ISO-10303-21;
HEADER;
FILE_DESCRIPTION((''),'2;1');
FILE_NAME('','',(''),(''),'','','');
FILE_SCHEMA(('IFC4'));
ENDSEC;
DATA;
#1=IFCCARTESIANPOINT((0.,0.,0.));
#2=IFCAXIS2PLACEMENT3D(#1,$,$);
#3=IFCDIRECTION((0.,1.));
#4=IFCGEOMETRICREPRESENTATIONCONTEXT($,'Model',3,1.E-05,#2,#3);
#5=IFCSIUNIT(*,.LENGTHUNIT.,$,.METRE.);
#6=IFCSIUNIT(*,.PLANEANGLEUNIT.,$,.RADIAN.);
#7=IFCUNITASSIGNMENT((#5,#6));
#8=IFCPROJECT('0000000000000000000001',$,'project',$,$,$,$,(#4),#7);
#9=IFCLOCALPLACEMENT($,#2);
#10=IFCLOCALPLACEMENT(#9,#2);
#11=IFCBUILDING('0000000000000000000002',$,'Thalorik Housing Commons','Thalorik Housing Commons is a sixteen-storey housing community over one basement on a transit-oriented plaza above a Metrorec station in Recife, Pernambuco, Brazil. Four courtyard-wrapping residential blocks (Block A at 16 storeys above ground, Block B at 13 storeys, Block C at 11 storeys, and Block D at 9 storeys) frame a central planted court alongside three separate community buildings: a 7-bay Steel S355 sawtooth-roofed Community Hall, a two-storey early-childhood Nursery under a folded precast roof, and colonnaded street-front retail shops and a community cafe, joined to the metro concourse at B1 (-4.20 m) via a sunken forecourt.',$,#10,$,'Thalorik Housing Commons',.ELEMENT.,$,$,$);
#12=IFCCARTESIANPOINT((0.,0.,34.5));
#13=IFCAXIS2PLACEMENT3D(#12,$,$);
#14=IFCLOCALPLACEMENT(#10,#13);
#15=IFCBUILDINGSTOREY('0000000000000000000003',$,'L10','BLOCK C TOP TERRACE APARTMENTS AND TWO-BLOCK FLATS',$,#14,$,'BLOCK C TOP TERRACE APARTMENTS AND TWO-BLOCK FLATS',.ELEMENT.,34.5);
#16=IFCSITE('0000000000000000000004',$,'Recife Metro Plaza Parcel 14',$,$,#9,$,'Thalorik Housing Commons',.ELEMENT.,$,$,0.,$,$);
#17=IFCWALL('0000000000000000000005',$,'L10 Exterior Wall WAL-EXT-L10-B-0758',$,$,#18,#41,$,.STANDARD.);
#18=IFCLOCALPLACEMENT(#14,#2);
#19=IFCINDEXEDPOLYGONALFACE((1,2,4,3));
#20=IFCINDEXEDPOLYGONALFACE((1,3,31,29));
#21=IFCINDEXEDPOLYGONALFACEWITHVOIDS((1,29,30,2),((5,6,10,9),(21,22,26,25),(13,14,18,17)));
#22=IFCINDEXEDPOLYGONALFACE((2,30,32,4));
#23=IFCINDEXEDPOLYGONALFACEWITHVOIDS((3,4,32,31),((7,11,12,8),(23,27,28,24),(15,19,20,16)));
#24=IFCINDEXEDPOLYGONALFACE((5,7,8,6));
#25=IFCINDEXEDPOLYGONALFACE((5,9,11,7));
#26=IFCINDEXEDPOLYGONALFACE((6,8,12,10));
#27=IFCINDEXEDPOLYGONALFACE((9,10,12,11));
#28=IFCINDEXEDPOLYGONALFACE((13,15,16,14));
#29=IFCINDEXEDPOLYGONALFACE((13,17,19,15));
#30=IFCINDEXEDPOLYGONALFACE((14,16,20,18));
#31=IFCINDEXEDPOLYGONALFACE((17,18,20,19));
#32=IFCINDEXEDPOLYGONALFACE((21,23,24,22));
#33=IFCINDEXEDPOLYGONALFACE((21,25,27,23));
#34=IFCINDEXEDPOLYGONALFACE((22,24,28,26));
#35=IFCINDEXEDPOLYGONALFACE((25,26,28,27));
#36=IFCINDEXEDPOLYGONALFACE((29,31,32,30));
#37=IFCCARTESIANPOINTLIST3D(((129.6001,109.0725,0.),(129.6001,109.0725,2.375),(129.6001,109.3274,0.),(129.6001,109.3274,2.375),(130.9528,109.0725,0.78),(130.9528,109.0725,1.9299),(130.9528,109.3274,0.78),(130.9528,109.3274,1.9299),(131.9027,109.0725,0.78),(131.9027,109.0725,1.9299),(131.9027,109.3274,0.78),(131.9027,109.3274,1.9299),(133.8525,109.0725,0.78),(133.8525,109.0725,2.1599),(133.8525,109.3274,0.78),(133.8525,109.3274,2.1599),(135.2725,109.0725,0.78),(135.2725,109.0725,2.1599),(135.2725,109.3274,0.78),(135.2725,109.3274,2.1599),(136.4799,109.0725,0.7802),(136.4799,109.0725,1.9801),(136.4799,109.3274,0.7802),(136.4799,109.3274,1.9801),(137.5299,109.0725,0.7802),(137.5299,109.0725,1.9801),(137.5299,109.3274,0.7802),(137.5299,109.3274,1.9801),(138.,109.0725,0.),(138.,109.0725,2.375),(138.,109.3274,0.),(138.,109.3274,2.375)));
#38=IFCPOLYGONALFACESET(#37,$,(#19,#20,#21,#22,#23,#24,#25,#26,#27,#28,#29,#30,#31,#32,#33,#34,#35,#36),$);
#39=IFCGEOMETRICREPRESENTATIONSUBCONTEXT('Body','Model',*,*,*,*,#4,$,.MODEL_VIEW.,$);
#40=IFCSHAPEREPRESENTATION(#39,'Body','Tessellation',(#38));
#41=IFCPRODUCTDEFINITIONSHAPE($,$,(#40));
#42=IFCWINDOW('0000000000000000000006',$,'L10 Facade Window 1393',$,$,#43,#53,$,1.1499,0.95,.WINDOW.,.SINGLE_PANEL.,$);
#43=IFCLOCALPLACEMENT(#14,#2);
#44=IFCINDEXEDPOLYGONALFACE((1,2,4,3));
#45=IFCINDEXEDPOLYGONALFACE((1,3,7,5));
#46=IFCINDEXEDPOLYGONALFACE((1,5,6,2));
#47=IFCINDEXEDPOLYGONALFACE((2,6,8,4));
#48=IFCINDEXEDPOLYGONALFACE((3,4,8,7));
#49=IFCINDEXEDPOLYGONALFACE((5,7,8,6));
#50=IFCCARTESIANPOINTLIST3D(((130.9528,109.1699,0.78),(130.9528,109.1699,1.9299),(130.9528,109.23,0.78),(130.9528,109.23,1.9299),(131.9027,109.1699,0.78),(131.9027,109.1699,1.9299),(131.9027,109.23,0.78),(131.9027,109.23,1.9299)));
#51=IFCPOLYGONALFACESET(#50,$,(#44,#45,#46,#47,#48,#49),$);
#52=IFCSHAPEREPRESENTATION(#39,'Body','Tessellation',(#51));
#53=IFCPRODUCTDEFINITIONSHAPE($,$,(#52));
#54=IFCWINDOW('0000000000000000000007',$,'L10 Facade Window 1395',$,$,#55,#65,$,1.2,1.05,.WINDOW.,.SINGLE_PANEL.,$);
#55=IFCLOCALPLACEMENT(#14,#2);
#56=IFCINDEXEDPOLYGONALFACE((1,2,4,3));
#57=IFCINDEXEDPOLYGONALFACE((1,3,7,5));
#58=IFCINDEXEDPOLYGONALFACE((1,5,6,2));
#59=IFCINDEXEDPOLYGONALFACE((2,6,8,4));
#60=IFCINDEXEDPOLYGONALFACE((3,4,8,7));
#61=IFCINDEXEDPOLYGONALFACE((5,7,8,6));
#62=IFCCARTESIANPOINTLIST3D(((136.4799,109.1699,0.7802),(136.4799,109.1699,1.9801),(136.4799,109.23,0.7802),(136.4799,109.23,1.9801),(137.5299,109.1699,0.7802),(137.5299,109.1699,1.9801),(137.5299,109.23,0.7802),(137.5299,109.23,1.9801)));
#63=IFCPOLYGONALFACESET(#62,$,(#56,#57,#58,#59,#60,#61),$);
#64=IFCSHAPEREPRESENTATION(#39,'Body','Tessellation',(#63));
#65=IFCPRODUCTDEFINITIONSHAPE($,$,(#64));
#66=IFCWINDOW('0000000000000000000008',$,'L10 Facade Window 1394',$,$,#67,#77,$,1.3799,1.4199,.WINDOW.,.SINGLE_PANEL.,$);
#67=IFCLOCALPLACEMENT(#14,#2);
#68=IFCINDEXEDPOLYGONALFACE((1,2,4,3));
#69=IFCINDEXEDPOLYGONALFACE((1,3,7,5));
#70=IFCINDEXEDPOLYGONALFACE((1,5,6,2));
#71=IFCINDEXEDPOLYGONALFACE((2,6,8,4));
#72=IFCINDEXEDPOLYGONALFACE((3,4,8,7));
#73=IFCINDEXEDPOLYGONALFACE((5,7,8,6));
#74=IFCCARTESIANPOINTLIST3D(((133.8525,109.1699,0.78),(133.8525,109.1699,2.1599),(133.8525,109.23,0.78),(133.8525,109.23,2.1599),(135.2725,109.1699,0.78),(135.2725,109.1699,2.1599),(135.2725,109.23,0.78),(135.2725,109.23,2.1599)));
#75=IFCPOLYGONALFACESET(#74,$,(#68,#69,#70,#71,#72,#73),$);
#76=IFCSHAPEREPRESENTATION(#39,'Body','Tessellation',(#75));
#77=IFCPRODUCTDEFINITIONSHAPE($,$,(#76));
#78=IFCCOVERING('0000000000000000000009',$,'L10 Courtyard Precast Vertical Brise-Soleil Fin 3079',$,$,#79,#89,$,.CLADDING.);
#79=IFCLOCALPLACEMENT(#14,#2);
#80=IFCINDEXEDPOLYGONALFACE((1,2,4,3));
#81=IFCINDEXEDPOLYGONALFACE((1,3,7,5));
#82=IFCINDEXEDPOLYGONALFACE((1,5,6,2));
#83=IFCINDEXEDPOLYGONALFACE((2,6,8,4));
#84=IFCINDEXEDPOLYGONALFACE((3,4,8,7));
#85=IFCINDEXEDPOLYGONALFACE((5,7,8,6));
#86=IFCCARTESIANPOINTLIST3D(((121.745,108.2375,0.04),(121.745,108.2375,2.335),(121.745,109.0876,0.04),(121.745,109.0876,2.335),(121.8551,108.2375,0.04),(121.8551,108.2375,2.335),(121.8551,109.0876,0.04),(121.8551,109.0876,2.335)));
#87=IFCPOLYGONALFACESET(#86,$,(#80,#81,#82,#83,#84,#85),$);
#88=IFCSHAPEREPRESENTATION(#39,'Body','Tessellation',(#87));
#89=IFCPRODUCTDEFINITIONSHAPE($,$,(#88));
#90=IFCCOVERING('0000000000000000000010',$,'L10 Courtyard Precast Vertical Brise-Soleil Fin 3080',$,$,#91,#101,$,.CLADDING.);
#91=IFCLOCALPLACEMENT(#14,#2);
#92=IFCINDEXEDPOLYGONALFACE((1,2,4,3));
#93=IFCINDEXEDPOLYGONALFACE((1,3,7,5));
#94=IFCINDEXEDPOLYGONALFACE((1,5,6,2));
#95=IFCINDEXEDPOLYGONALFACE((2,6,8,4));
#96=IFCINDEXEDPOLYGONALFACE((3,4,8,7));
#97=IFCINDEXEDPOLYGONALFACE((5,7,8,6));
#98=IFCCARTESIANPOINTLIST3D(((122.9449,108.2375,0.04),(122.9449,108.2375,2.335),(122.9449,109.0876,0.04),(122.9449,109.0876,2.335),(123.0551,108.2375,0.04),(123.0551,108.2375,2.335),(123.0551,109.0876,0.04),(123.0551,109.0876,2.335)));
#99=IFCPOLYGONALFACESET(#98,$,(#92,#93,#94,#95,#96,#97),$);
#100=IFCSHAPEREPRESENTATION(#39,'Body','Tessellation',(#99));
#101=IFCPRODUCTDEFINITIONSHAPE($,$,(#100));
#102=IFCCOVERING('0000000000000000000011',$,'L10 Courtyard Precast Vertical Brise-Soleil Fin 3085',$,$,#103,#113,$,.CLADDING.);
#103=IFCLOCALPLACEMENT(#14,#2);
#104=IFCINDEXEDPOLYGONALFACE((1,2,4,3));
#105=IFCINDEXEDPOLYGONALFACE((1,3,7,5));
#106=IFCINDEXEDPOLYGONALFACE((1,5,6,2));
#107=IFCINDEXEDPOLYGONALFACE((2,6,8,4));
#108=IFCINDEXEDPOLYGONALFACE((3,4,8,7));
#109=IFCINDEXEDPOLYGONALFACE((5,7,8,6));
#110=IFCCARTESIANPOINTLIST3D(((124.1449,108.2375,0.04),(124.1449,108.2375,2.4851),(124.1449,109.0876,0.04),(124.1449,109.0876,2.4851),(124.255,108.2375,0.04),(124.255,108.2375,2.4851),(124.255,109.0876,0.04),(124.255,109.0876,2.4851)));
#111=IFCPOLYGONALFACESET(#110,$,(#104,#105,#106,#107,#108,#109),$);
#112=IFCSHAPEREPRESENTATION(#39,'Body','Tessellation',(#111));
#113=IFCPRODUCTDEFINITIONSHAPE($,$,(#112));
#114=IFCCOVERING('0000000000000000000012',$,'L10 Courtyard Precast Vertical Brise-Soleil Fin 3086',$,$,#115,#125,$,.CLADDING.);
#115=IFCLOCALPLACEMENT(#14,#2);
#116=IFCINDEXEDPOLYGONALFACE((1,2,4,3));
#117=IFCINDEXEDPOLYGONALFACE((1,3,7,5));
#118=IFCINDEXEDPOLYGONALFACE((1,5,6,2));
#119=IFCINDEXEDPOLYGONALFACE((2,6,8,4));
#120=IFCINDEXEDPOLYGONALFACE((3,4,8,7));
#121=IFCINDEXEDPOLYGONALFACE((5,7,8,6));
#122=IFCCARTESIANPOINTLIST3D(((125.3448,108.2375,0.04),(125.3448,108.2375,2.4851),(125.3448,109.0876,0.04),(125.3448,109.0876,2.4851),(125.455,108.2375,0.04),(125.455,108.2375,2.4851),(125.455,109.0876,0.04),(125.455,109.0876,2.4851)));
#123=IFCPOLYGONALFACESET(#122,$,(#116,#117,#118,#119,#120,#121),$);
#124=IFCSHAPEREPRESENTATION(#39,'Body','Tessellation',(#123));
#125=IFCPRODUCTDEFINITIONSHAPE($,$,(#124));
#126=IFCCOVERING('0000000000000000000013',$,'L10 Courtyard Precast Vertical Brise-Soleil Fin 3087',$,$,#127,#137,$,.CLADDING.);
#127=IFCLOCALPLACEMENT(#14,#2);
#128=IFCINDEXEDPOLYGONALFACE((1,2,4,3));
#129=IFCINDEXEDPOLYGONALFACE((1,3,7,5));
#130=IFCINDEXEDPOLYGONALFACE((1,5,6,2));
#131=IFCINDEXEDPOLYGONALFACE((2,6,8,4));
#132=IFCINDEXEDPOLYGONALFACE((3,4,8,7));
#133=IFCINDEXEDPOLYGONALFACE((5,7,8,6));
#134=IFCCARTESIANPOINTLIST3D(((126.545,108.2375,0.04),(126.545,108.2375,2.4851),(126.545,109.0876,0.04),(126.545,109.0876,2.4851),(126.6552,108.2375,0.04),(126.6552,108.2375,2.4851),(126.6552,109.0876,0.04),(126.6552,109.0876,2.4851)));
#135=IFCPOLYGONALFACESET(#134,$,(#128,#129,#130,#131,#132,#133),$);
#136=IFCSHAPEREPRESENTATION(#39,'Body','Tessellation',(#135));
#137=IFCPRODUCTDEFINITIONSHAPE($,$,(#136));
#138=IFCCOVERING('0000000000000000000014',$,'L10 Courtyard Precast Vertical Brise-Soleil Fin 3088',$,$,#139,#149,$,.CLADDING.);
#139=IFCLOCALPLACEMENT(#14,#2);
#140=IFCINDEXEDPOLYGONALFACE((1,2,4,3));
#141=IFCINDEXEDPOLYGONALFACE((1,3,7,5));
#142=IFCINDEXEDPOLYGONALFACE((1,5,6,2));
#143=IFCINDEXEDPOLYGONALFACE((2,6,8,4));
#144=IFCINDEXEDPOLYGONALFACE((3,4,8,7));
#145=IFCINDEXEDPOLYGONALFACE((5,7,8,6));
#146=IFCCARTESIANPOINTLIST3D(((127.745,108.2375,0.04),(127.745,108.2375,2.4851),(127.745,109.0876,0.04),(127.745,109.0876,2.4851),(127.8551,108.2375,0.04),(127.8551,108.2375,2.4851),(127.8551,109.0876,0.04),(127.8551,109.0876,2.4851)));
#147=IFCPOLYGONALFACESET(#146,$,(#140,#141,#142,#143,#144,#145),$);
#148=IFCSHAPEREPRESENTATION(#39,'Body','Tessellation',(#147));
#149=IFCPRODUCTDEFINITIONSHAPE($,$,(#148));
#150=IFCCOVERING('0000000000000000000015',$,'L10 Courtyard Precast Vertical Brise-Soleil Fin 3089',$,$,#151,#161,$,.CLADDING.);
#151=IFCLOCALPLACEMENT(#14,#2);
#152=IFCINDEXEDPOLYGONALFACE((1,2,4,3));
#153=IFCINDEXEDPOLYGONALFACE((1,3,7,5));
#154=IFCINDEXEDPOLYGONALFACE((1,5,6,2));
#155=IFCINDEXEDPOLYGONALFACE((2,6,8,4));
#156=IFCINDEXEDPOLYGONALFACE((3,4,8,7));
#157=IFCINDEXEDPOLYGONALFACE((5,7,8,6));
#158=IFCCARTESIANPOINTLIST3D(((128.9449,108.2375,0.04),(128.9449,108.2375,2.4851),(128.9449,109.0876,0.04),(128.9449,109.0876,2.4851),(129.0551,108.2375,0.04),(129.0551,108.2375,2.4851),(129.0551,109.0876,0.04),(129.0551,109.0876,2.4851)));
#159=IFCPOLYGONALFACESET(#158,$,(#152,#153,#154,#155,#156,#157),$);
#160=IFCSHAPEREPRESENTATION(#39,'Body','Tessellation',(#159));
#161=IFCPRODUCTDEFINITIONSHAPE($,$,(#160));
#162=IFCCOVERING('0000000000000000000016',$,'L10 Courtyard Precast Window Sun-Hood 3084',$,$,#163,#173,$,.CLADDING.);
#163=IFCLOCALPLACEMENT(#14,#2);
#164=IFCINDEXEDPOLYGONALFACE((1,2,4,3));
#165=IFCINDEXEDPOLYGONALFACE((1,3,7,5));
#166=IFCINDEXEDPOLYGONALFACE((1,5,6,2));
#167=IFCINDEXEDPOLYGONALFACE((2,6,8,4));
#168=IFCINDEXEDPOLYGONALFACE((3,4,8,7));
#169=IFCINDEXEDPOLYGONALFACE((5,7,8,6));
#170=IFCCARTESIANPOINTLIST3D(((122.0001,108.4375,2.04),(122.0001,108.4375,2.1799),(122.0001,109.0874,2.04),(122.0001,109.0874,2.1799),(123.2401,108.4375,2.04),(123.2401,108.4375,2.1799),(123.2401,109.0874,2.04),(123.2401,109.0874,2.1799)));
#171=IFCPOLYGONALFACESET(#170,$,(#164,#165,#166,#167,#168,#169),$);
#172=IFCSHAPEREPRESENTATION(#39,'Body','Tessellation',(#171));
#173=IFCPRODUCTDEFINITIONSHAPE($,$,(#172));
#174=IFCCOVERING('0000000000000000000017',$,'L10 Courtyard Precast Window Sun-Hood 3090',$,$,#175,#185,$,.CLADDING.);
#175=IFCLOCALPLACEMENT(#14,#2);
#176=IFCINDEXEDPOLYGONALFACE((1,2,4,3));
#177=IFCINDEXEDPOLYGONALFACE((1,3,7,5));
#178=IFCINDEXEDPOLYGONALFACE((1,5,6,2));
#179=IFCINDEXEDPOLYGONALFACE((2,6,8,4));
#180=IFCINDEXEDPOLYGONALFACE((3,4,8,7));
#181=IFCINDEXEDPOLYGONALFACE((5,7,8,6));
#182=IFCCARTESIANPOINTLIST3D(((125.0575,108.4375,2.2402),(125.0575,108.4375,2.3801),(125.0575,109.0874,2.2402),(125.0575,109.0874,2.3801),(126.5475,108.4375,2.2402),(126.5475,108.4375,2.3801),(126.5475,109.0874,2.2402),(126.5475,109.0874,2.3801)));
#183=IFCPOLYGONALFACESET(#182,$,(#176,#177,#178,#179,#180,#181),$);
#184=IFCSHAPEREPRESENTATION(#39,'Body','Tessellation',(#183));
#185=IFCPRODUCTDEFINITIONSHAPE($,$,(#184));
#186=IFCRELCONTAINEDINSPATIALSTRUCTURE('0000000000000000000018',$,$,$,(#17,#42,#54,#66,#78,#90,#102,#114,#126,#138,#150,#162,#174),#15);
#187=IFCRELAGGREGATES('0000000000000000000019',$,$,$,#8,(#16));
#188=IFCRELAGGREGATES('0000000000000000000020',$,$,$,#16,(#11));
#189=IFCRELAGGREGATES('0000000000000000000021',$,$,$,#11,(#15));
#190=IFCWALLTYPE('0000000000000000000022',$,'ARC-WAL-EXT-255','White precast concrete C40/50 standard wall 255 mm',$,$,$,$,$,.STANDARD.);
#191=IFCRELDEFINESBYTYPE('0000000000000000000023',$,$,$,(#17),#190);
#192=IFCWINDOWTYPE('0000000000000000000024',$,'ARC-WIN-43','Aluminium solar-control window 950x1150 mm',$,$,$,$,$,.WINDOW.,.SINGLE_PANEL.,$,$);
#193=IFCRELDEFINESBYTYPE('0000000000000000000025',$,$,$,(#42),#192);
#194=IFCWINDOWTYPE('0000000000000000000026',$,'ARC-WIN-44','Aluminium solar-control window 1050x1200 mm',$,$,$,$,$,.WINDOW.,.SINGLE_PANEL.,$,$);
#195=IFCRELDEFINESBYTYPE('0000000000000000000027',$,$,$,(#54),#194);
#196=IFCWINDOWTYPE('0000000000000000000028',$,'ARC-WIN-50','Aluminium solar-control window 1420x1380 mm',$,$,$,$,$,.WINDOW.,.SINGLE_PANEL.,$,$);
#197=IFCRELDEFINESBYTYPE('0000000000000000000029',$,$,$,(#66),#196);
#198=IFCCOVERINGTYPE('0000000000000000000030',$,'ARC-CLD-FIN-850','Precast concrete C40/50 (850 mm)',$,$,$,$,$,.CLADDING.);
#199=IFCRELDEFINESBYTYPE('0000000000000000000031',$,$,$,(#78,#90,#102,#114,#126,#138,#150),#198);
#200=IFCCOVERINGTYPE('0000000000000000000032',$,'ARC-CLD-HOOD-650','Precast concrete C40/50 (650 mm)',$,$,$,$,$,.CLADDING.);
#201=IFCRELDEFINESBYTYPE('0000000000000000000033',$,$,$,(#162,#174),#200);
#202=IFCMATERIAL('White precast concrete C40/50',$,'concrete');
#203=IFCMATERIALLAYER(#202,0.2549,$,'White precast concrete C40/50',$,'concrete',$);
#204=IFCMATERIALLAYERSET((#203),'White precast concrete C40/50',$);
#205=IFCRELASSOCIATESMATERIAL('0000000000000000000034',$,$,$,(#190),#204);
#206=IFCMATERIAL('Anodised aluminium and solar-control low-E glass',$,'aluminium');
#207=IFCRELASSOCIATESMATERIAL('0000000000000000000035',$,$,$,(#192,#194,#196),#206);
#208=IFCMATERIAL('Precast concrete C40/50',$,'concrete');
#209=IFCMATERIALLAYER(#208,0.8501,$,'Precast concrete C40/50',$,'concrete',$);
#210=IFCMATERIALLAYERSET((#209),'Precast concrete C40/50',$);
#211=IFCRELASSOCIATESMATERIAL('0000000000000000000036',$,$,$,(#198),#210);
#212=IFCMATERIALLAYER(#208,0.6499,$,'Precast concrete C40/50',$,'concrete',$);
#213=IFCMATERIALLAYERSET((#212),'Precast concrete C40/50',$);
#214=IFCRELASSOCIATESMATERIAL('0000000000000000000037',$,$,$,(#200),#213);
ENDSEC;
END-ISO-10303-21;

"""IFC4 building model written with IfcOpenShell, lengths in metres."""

from ifc_helpers import new_model, si_unit, direction, frame, frame_2d, origin, origin_2d, place, context, subcontext, project, spatial, rectangle, extrude, material, layer, layer_set, type_object, element, fill, save


model = new_model("IFC4")

# Units and contexts
model_context = context("Model", 3, precision=1e-05, world=origin(), true_north=direction((0.0, 1.0)))
body_context = subcontext(model_context, "Body", "Model", "MODEL_VIEW")
ifc_project = project(units=[si_unit("LENGTHUNIT", "METRE"), si_unit("PLANEANGLEUNIT", "RADIAN")], contexts=[model_context])

# Site, building, storey
site_placement = place(None, origin())
site = spatial("IfcSite", under=ifc_project, at=site_placement, Name="Recife Metro Plaza Parcel 14", LongName="Thalorik Housing Commons", CompositionType="ELEMENT", RefElevation=0.0)
building_placement = place(site_placement, origin())
building = spatial("IfcBuilding", under=site, at=building_placement, Name="Thalorik Housing Commons", Description="Thalorik Housing Commons is a sixteen-storey housing community over one basement on a transit-oriented plaza above a Metrorec station in Recife, Pernambuco, Brazil. Four courtyard-wrapping residential blocks (Block A at 16 storeys above ground, Block B at 13 storeys, Block C at 11 storeys, and Block D at 9 storeys) frame a central planted court alongside three separate community buildings: a 7-bay Steel S355 sawtooth-roofed Community Hall, a two-storey early-childhood Nursery under a folded precast roof, and colonnaded street-front retail shops and a community cafe, joined to the metro concourse at B1 (-4.20 m) via a sunken forecourt.", LongName="Thalorik Housing Commons", CompositionType="ELEMENT")
storey_placement = place(building_placement, frame((0.0, 0.0, 34.5)))
storey = spatial("IfcBuildingStorey", under=building, at=storey_placement, Name="L10", Description="BLOCK C TOP TERRACE APARTMENTS AND TWO-BLOCK FLATS", LongName="BLOCK C TOP TERRACE APARTMENTS AND TWO-BLOCK FLATS", CompositionType="ELEMENT", Elevation=34.5)

# Shared definitions
ifc_material_1 = material(Name="Precast concrete C40/50", Category="concrete")

# Wall, openings, windows
ifc_material_2 = material(Name="White precast concrete C40/50", Category="concrete")
ifc_layer_1 = layer(ifc_material_2, 0.2549, Name="White precast concrete C40/50", Category="concrete")
ifc_layer_set_1 = layer_set([ifc_layer_1], Name="White precast concrete C40/50")
wall_type = type_object("IfcWallType", Name="ARC-WAL-EXT-255", Description="White precast concrete C40/50 standard wall 255 mm", PredefinedType="STANDARD", material=ifc_layer_set_1)
ifc_material_3 = material(Name="Anodised aluminium and solar-control low-E glass", Category="aluminium")
wall_1_placement = place(storey_placement, frame((129.6001, 109.2, 0.0), z_axis=(0.0, 0.0, 1.0), x_axis=(1.0, 0.0, 0.0)))
wall_1 = element("IfcWall", 1, at=wall_1_placement, inside=storey, type_object=wall_type, Name="L10 Exterior Wall WAL-EXT-L10-B-0758", PredefinedType="STANDARD", context=body_context, shape_type="SweptSolid", body=[
    extrude(rectangle(XDim=8.3999, YDim=0.2549, at=frame_2d((4.2, 0.0))), origin(), (0.0, 0.0, 1.0), 2.375),
])
opening_1_placement = place(wall_1_placement, frame((1.3525, 0.0, 0.78)))
opening_1 = element("IfcOpeningElement", 2, at=opening_1_placement, cuts=wall_1, PredefinedType="OPENING", context=body_context, shape_type="SweptSolid", body=[
    extrude(rectangle(XDim=0.95, YDim=1.1499, at=frame_2d((0.4751, 0.575))), frame((0.0, 0.1375, 0.0), z_axis=(0.0, -1.0, 0.0), x_axis=(1.0, 0.0, 0.0)), (0.0, 0.0, 1.0), 0.2749),
])
opening_2_placement = place(wall_1_placement, frame((4.2524, 0.0, 0.78)))
opening_2 = element("IfcOpeningElement", 3, at=opening_2_placement, cuts=wall_1, PredefinedType="OPENING", context=body_context, shape_type="SweptSolid", body=[
    extrude(rectangle(XDim=1.4199, YDim=1.3799, at=frame_2d((0.71, 0.6899))), frame((0.0, 0.1375, 0.0), z_axis=(0.0, -1.0, 0.0), x_axis=(1.0, 0.0, 0.0)), (0.0, 0.0, 1.0), 0.2749),
])
opening_3_placement = place(wall_1_placement, frame((6.8799, 0.0, 0.78)))
opening_3 = element("IfcOpeningElement", 4, at=opening_3_placement, cuts=wall_1, PredefinedType="OPENING", context=body_context, shape_type="SweptSolid", body=[
    extrude(rectangle(XDim=1.05, YDim=1.2, at=frame_2d((0.5249, 0.6001))), frame((0.0, 0.1375, 0.0), z_axis=(0.0, -1.0, 0.0), x_axis=(1.0, 0.0, 0.0)), (0.0, 0.0, 1.0), 0.2749),
])
window_type_1 = type_object("IfcWindowType", Name="ARC-WIN-43", Description="Aluminium solar-control window 950x1150 mm", PartitioningType="SINGLE_PANEL", PredefinedType="WINDOW", material=ifc_material_3)
window_1_placement = place(opening_1_placement, origin())
window_1 = element("IfcWindow", 5, at=window_1_placement, inside=storey, type_object=window_type_1, Name="L10 Facade Window 1393", OverallHeight=1.1499, OverallWidth=0.95, PartitioningType="SINGLE_PANEL", PredefinedType="WINDOW", context=body_context, shape_type="SweptSolid", body=[
    extrude(rectangle(XDim=0.95, YDim=1.1499, at=frame_2d((0.4751, 0.575))), frame((0.0, 0.03, 0.0), z_axis=(0.0, -1.0, 0.0), x_axis=(1.0, 0.0, 0.0)), (0.0, 0.0, 1.0), 0.0601),
])
fill(opening_1, window_1)
window_type_2 = type_object("IfcWindowType", Name="ARC-WIN-44", Description="Aluminium solar-control window 1050x1200 mm", PartitioningType="SINGLE_PANEL", PredefinedType="WINDOW", material=ifc_material_3)
window_2_placement = place(opening_3_placement, origin())
window_2 = element("IfcWindow", 6, at=window_2_placement, inside=storey, type_object=window_type_2, Name="L10 Facade Window 1395", OverallHeight=1.2, OverallWidth=1.05, PartitioningType="SINGLE_PANEL", PredefinedType="WINDOW", context=body_context, shape_type="SweptSolid", body=[
    extrude(rectangle(XDim=1.05, YDim=1.2, at=frame_2d((0.5249, 0.6001))), frame((0.0, 0.03, 0.0), z_axis=(0.0, -1.0, 0.0), x_axis=(1.0, 0.0, 0.0)), (0.0, 0.0, 1.0), 0.0601),
])
fill(opening_3, window_2)
window_type_3 = type_object("IfcWindowType", Name="ARC-WIN-50", Description="Aluminium solar-control window 1420x1380 mm", PartitioningType="SINGLE_PANEL", PredefinedType="WINDOW", material=ifc_material_3)
window_3_placement = place(opening_2_placement, origin())
window_3 = element("IfcWindow", 7, at=window_3_placement, inside=storey, type_object=window_type_3, Name="L10 Facade Window 1394", OverallHeight=1.3799, OverallWidth=1.4199, PartitioningType="SINGLE_PANEL", PredefinedType="WINDOW", context=body_context, shape_type="SweptSolid", body=[
    extrude(rectangle(XDim=1.4199, YDim=1.3799, at=frame_2d((0.71, 0.6899))), frame((0.0, 0.03, 0.0), z_axis=(0.0, -1.0, 0.0), x_axis=(1.0, 0.0, 0.0)), (0.0, 0.0, 1.0), 0.0601),
])
fill(opening_2, window_3)

# Coverings
ifc_layer_2 = layer(ifc_material_1, 0.8501, Name="Precast concrete C40/50", Category="concrete")
ifc_layer_set_2 = layer_set([ifc_layer_2], Name="Precast concrete C40/50")
covering_type_1 = type_object("IfcCoveringType", Name="ARC-CLD-FIN-850", Description="Precast concrete C40/50 (850 mm)", PredefinedType="CLADDING", material=ifc_layer_set_2)
for number, where, z_axis, x_axis, name in (
    (8, (121.8, 108.6626, 0.04), (0.0, 0.0, 1.0), (1.0, 0.0, 0.0), "L10 Courtyard Precast Vertical Brise-Soleil Fin 3079"),
    (9, (123.0, 108.6626, 0.04), (0.0, 0.0, 1.0), (1.0, 0.0, 0.0), "L10 Courtyard Precast Vertical Brise-Soleil Fin 3080"),
):
    element("IfcCovering", number, at=place(storey_placement, frame(where, z_axis=z_axis, x_axis=x_axis)), inside=storey, type_object=covering_type_1, Name=name, PredefinedType="CLADDING", context=body_context, shape_type="SweptSolid", body=[
        extrude(rectangle(XDim=0.1101, YDim=0.8501, at=origin_2d()), origin(), (0.0, 0.0, 1.0), 2.2949),
    ])
for number, where, z_axis, x_axis, name in (
    (10, (124.2, 108.6626, 0.04), (0.0, 0.0, 1.0), (1.0, 0.0, 0.0), "L10 Courtyard Precast Vertical Brise-Soleil Fin 3085"),
    (11, (125.3999, 108.6626, 0.04), (0.0, 0.0, 1.0), (1.0, 0.0, 0.0), "L10 Courtyard Precast Vertical Brise-Soleil Fin 3086"),
    (12, (126.6001, 108.6626, 0.04), (0.0, 0.0, 1.0), (1.0, 0.0, 0.0), "L10 Courtyard Precast Vertical Brise-Soleil Fin 3087"),
    (13, (127.8, 108.6626, 0.04), (0.0, 0.0, 1.0), (1.0, 0.0, 0.0), "L10 Courtyard Precast Vertical Brise-Soleil Fin 3088"),
    (14, (129.0, 108.6626, 0.04), (0.0, 0.0, 1.0), (1.0, 0.0, 0.0), "L10 Courtyard Precast Vertical Brise-Soleil Fin 3089"),
):
    element("IfcCovering", number, at=place(storey_placement, frame(where, z_axis=z_axis, x_axis=x_axis)), inside=storey, type_object=covering_type_1, Name=name, PredefinedType="CLADDING", context=body_context, shape_type="SweptSolid", body=[
        extrude(rectangle(XDim=0.1101, YDim=0.8501, at=origin_2d()), origin(), (0.0, 0.0, 1.0), 2.4451),
    ])
ifc_layer_3 = layer(ifc_material_1, 0.6499, Name="Precast concrete C40/50", Category="concrete")
ifc_layer_set_3 = layer_set([ifc_layer_3], Name="Precast concrete C40/50")
covering_type_2 = type_object("IfcCoveringType", Name="ARC-CLD-HOOD-650", Description="Precast concrete C40/50 (650 mm)", PredefinedType="CLADDING", material=ifc_layer_set_3)
covering_1_placement = place(storey_placement, frame((122.6201, 108.7625, 2.04), z_axis=(0.0, 0.0, 1.0), x_axis=(1.0, 0.0, 0.0)))
element("IfcCovering", 15, at=covering_1_placement, inside=storey, type_object=covering_type_2, Name="L10 Courtyard Precast Window Sun-Hood 3084", PredefinedType="CLADDING", context=body_context, shape_type="SweptSolid", body=[
    extrude(rectangle(XDim=1.24, YDim=0.6499, at=origin_2d()), origin(), (0.0, 0.0, 1.0), 0.1399),
])
covering_2_placement = place(storey_placement, frame((125.8025, 108.7625, 2.2402), z_axis=(0.0, 0.0, 1.0), x_axis=(1.0, 0.0, 0.0)))
element("IfcCovering", 16, at=covering_2_placement, inside=storey, type_object=covering_type_2, Name="L10 Courtyard Precast Window Sun-Hood 3090", PredefinedType="CLADDING", context=body_context, shape_type="SweptSolid", body=[
    extrude(rectangle(XDim=1.49, YDim=0.6499, at=origin_2d()), origin(), (0.0, 0.0, 1.0), 0.1399),
])

save(model, "model.ifc")
